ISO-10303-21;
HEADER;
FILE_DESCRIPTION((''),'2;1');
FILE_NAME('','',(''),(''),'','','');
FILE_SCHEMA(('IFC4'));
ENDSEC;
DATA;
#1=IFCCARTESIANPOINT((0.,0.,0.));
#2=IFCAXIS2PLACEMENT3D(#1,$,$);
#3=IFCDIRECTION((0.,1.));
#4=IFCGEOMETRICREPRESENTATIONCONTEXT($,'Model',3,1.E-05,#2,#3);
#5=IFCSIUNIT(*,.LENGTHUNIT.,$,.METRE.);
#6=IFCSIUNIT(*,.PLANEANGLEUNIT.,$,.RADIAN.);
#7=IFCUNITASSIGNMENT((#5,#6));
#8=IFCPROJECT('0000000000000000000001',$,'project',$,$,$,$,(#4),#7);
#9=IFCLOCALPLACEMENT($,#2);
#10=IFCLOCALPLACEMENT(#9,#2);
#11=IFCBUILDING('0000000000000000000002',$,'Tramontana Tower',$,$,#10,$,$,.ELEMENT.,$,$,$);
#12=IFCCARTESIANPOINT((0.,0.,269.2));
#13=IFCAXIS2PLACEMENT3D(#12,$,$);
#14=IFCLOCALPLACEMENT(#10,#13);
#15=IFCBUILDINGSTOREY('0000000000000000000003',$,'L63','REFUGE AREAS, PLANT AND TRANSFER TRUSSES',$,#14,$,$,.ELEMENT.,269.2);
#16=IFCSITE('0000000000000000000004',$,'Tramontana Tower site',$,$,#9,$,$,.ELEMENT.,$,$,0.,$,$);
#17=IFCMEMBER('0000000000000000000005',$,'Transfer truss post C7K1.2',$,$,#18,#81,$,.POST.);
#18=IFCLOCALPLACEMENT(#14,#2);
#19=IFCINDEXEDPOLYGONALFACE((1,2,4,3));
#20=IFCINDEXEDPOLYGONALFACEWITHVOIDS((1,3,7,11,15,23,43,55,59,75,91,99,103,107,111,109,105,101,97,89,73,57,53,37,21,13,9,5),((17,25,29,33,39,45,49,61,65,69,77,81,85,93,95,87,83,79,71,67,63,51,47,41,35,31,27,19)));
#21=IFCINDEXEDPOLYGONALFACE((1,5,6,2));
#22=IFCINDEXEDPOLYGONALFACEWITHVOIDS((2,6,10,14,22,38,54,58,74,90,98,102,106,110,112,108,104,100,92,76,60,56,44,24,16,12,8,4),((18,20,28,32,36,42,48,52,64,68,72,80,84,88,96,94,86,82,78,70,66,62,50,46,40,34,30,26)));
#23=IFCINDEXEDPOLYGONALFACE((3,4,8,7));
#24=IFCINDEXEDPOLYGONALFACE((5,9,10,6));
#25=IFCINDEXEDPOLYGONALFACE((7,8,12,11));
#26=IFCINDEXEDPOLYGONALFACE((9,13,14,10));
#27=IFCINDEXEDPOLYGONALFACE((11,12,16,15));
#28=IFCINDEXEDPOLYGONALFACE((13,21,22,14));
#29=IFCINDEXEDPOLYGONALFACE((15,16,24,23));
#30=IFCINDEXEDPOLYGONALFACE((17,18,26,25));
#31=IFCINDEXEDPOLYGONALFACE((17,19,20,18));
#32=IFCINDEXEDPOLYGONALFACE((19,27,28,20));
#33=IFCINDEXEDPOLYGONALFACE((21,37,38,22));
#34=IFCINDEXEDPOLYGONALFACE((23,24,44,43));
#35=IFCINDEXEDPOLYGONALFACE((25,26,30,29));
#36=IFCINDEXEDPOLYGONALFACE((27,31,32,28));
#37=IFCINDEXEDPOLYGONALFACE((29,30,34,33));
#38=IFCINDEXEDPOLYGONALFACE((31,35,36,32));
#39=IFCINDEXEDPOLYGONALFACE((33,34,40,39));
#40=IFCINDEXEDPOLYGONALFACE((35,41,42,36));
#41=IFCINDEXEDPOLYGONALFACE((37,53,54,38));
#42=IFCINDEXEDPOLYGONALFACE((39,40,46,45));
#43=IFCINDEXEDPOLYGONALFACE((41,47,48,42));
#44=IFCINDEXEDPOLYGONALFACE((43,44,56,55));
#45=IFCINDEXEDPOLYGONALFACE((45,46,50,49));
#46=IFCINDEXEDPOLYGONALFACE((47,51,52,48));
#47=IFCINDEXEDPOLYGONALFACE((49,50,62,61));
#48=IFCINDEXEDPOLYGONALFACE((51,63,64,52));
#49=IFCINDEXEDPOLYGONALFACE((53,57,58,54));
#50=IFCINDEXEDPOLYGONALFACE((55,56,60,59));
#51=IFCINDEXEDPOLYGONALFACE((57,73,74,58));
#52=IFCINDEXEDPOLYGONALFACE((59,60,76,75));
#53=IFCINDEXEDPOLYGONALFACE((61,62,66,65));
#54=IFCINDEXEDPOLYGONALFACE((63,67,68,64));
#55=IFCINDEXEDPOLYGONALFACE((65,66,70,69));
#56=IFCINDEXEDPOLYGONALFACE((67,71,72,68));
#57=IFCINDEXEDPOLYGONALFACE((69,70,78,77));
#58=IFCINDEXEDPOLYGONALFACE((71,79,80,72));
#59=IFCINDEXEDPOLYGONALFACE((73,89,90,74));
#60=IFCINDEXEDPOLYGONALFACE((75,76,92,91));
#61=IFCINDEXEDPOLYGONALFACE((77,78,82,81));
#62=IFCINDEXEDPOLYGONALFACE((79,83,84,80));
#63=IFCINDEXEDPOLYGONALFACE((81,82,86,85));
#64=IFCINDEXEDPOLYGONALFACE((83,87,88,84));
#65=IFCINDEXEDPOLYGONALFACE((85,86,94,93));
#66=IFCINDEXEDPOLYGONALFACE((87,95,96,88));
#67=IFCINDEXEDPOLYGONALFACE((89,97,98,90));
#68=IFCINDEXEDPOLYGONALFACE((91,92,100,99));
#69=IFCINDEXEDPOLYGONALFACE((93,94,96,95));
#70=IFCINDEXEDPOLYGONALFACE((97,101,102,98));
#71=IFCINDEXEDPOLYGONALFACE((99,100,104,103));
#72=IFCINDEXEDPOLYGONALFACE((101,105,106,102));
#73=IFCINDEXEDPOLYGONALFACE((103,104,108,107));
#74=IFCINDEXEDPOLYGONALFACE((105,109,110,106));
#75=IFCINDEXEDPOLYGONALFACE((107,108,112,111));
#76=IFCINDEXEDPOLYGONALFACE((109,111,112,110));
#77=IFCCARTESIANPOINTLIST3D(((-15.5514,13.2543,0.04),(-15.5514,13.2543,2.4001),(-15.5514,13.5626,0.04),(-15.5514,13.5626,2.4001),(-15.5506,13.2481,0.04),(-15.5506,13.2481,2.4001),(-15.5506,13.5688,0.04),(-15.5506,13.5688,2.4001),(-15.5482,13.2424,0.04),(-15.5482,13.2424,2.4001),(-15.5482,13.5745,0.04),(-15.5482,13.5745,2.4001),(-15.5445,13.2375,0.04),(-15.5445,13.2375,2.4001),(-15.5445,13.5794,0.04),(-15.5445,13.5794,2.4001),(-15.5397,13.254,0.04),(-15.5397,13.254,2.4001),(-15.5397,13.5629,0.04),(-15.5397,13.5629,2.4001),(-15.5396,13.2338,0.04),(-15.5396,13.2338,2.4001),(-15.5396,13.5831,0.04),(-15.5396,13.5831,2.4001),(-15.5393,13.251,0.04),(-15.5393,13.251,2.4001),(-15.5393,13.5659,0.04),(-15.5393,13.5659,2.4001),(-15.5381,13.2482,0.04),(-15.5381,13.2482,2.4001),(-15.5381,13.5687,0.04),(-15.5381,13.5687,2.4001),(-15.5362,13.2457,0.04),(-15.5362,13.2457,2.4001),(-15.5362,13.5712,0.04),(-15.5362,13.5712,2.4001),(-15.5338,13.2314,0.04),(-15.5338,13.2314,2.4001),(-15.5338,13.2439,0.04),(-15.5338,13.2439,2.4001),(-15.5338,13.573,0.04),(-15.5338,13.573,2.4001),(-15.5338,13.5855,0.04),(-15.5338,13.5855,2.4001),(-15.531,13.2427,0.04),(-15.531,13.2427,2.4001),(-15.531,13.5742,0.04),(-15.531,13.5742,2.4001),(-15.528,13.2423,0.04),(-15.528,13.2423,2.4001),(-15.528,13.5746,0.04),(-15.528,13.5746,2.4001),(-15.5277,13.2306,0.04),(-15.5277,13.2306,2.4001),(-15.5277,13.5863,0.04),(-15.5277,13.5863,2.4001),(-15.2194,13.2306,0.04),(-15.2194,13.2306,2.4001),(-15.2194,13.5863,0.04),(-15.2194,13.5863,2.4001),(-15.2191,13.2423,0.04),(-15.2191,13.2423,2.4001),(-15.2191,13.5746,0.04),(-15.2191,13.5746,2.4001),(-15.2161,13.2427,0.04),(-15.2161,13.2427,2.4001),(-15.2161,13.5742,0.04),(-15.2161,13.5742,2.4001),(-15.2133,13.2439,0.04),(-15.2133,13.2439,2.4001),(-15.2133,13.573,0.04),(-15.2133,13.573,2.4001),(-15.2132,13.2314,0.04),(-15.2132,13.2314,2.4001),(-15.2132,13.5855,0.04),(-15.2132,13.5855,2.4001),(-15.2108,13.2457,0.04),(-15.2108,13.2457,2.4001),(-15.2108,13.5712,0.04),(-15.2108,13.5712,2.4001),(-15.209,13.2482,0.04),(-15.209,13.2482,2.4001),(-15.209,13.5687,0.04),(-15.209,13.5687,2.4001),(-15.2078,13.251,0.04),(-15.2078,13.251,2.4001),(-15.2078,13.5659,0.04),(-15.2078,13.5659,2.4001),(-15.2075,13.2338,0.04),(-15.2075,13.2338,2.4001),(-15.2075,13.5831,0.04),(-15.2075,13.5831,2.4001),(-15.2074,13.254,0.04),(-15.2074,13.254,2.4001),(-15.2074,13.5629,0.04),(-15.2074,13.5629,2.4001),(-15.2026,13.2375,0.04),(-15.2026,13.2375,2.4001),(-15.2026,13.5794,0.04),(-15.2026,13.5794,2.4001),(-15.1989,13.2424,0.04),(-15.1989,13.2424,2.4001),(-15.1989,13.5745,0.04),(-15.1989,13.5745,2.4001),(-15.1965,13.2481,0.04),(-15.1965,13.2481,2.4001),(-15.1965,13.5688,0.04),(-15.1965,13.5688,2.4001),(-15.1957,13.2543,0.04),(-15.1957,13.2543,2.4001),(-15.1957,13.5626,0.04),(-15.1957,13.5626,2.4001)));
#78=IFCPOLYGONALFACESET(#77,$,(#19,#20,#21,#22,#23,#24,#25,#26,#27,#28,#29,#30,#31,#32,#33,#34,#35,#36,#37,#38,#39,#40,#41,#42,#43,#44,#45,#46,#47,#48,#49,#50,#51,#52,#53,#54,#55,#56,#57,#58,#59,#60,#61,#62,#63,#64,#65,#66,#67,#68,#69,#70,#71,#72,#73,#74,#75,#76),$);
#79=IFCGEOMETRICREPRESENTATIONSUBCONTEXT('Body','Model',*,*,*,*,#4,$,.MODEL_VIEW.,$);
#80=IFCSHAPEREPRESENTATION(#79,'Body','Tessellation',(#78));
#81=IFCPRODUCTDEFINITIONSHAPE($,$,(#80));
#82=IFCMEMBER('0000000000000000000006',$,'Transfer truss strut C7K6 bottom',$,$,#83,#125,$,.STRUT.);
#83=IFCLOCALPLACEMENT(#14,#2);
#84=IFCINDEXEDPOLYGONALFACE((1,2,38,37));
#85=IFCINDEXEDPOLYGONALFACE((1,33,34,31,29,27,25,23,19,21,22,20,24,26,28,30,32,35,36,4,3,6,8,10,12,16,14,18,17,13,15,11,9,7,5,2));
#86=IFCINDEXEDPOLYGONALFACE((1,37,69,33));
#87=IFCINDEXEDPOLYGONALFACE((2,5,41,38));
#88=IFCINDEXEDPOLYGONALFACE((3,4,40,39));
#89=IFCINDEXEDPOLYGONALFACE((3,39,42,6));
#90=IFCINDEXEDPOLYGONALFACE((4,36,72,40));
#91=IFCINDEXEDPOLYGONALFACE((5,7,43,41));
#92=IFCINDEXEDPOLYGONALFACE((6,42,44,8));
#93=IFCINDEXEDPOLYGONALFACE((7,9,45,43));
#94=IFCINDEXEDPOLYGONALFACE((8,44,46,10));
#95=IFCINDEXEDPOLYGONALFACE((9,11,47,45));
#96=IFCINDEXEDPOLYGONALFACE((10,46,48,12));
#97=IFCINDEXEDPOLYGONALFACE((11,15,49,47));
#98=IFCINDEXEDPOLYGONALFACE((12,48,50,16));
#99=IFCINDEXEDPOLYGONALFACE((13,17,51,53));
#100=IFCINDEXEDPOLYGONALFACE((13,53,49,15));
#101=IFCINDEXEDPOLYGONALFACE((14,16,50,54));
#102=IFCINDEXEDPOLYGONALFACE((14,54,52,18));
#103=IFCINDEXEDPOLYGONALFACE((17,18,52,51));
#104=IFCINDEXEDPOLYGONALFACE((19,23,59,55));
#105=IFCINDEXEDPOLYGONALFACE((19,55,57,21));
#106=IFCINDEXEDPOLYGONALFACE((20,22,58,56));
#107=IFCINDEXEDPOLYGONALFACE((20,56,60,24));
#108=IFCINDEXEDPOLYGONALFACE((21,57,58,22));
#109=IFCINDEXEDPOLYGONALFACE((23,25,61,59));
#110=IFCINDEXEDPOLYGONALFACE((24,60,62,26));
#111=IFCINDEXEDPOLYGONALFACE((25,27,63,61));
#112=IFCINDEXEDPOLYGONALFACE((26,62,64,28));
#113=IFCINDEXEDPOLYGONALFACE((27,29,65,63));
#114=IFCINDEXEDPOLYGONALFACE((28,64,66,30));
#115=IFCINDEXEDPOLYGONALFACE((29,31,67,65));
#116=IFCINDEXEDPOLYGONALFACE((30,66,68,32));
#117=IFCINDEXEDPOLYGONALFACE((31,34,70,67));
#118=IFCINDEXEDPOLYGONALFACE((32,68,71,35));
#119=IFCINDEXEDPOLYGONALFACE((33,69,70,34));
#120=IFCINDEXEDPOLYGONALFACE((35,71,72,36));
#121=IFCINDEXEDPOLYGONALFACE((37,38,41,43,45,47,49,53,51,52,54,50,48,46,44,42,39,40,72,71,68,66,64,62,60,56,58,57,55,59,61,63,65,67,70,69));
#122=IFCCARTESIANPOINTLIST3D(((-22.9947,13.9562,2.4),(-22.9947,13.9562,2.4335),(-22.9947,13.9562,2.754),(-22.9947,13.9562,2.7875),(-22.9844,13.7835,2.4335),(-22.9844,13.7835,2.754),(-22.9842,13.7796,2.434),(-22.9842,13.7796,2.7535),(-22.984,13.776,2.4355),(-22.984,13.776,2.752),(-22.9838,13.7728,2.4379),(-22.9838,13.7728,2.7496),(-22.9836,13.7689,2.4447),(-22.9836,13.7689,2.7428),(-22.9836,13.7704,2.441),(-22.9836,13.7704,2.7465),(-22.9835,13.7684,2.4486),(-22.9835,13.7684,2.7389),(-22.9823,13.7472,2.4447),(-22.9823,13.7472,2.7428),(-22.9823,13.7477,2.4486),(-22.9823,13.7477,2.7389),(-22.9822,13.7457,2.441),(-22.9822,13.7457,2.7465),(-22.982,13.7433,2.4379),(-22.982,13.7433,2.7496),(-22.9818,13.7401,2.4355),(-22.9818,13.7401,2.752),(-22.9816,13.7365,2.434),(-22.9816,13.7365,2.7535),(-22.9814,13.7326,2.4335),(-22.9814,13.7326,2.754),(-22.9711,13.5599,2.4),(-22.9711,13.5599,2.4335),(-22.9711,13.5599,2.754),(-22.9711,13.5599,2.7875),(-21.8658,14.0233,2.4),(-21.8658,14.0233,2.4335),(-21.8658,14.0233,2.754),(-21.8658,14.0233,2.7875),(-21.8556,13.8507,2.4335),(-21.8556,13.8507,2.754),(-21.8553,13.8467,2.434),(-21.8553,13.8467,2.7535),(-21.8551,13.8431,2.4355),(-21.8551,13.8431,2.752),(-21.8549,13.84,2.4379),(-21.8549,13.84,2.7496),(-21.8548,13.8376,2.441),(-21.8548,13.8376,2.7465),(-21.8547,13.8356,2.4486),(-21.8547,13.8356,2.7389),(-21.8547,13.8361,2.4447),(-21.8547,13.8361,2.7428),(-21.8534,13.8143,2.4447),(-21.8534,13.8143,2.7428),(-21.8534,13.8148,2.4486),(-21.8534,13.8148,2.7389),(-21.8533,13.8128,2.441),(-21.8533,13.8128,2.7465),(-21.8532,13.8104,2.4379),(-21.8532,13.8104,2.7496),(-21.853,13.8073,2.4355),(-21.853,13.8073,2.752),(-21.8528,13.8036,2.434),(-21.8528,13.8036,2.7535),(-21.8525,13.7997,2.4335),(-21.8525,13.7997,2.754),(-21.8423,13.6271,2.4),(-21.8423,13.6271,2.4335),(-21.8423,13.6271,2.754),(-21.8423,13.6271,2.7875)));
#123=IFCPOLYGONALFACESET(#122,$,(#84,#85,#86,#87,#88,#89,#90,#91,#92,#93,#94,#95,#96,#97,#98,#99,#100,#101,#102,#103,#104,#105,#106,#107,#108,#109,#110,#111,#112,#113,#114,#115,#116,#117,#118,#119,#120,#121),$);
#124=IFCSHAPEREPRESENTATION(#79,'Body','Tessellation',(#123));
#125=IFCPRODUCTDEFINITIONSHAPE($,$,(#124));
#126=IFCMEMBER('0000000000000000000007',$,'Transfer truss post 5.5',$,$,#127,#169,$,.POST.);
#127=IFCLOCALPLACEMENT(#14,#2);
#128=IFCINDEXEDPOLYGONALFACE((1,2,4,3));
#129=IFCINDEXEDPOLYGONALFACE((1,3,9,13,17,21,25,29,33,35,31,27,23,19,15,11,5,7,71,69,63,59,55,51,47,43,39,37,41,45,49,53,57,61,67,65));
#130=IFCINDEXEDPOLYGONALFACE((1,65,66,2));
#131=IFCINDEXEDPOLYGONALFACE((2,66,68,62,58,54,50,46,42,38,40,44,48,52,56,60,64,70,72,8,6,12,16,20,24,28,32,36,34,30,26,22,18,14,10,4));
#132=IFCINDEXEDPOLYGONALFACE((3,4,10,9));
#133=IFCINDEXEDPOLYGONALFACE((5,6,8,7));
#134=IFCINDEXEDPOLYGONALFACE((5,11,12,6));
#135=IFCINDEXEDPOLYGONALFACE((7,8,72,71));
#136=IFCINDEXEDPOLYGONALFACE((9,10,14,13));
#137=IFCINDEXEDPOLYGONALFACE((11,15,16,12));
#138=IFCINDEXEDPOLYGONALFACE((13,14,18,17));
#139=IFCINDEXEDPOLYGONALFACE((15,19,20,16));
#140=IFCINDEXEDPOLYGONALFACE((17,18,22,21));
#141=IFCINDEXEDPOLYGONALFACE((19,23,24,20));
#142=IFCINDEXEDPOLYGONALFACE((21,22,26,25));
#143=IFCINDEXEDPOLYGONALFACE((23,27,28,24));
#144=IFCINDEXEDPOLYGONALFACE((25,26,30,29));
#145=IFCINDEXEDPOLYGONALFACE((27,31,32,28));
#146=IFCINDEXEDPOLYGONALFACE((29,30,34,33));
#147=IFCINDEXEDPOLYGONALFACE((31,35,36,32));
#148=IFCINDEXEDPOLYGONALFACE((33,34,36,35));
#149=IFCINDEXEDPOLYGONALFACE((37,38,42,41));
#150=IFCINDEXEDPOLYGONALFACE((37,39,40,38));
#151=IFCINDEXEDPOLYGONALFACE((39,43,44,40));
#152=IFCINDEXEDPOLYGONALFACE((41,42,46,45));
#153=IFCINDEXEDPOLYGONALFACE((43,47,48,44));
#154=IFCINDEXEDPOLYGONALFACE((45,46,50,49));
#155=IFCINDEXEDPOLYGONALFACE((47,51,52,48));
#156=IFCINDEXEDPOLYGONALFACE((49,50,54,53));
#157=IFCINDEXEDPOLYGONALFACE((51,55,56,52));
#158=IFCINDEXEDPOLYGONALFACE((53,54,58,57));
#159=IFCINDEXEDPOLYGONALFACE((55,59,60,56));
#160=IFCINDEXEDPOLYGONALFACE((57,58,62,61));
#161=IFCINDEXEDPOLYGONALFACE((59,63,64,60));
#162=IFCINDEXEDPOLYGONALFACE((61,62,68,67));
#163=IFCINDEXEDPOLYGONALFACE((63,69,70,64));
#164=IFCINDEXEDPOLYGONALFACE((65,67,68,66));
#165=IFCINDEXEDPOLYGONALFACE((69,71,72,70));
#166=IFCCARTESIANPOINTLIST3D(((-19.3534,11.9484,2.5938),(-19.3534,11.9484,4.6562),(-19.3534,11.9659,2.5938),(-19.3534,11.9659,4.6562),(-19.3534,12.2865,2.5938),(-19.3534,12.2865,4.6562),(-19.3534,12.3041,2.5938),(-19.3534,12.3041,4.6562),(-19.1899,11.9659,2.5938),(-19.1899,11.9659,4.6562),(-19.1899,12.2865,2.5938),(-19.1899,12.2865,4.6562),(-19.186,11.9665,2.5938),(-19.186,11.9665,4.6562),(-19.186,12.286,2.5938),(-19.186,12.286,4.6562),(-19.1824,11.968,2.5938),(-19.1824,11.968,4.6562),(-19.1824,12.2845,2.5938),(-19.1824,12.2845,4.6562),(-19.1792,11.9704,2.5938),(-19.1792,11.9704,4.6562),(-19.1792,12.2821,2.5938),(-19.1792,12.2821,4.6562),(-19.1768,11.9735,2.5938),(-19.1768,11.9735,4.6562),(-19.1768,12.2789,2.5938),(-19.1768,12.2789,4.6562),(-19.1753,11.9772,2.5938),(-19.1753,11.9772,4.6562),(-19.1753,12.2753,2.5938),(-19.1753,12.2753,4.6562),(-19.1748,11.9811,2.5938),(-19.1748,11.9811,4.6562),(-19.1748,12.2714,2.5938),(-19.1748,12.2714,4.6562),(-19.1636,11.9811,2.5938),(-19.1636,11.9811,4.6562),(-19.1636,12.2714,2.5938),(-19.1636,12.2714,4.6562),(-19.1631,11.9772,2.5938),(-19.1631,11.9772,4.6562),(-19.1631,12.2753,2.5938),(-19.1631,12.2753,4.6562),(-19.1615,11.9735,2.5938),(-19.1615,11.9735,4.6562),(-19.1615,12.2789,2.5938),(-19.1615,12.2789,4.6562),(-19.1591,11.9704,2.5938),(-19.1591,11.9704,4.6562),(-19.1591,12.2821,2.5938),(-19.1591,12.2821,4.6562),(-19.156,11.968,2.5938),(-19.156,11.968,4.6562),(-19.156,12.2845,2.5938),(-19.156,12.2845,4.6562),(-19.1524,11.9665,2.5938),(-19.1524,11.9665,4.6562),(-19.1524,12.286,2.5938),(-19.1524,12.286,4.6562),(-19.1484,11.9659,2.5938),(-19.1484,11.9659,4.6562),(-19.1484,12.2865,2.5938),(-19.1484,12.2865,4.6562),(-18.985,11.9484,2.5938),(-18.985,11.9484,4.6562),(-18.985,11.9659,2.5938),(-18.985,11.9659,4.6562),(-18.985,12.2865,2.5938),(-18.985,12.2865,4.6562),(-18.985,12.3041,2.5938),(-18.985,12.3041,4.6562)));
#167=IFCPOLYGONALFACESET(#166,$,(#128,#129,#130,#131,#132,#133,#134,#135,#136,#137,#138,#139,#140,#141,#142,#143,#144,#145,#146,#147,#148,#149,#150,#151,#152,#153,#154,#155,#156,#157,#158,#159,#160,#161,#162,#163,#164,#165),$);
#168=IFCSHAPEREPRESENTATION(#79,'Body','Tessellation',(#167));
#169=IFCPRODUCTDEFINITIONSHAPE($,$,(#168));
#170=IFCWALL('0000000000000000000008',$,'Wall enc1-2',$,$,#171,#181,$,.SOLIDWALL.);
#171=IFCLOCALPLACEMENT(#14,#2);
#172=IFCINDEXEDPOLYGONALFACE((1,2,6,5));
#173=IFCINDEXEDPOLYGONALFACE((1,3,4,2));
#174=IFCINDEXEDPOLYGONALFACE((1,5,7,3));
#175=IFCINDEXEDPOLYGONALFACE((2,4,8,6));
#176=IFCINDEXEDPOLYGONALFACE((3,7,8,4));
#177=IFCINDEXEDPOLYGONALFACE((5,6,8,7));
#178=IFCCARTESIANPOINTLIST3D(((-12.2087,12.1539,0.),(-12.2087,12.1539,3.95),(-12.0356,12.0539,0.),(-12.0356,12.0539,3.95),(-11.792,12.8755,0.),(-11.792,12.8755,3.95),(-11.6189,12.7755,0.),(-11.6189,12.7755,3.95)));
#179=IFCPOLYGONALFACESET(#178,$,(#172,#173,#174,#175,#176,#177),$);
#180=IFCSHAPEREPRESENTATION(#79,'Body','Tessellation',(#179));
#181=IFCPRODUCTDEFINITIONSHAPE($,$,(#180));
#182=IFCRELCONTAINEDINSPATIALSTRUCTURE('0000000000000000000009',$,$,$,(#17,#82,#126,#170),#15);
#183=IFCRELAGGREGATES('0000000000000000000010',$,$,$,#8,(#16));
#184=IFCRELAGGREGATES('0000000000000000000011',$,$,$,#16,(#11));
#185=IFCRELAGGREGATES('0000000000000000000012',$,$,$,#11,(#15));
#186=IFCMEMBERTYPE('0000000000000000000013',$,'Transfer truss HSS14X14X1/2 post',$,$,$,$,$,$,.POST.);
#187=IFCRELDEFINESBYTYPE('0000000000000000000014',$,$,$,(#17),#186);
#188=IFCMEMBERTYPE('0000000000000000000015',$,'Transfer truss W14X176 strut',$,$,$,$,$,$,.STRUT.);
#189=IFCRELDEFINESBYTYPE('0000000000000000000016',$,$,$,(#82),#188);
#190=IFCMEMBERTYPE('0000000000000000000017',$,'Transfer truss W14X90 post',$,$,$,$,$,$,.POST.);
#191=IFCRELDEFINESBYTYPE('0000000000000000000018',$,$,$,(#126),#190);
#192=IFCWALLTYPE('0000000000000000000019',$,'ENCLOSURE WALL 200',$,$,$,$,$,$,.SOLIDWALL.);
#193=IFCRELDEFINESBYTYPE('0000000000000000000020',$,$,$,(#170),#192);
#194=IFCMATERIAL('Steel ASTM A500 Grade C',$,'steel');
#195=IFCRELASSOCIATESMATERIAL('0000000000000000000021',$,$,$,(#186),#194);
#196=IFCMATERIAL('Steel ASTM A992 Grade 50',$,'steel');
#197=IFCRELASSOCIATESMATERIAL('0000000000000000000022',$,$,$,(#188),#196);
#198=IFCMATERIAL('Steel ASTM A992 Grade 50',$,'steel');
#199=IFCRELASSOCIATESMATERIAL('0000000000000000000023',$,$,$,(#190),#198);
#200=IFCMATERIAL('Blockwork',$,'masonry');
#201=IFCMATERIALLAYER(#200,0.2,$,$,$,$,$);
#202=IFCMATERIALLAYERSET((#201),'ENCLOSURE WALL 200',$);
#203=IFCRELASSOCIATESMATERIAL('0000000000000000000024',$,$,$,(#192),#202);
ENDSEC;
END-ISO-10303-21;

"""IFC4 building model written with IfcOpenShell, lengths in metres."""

from ifc_helpers import new_model, si_unit, direction, frame, frame_2d, origin, origin_2d, place, context, subcontext, project, spatial, rectangle, hollow_rectangle, i_section, extrude, material, layer, layer_set, material_profile, profile_set, type_object, element, save


model = new_model("IFC4")

# Units and contexts
model_context = context("Model", 3, precision=1e-05, world=origin(), true_north=direction((0.0, 1.0)))
body_context = subcontext(model_context, "Body", "Model", "MODEL_VIEW")
ifc_project = project(units=[si_unit("LENGTHUNIT", "METRE"), si_unit("PLANEANGLEUNIT", "RADIAN")], contexts=[model_context])

# Site, building, storey
site_placement = place(None, origin())
site = spatial("IfcSite", under=ifc_project, at=site_placement, Name="Tramontana Tower site", CompositionType="ELEMENT", RefElevation=0.0)
building_placement = place(site_placement, origin())
building = spatial("IfcBuilding", under=site, at=building_placement, Name="Tramontana Tower", CompositionType="ELEMENT")
storey_placement = place(building_placement, frame((0.0, 0.0, 269.2)))
storey = spatial("IfcBuildingStorey", under=building, at=storey_placement, Name="L63", Description="REFUGE AREAS, PLANT AND TRANSFER TRUSSES", CompositionType="ELEMENT", Elevation=269.2)

# Members
ifc_material_1 = material(Name="Steel ASTM A500 Grade C", Category="steel")
ifc_material_profile_1 = material_profile(ifc_material_1, hollow_rectangle(XDim=0.3557, YDim=0.3557, WallThickness=0.0117, InnerFilletRadius=0.0117, OuterFilletRadius=0.0237, at=origin_2d()), Name="HSS14X14X1/2")
ifc_profile_set_1 = profile_set([ifc_material_profile_1], Name="Steel ASTM A500 Grade C")
member_type_1 = type_object("IfcMemberType", Name="Transfer truss HSS14X14X1/2 post", PredefinedType="POST", material=ifc_profile_set_1)
for number, where, z_axis, x_axis, name in (
    (1, (-15.3735, 13.4084, 0.04), (0.0, 0.0, 1.0), (1.0, 0.0, 0.0), "Transfer truss post C7K1.2"),
):
    element("IfcMember", number, at=place(storey_placement, frame(where, z_axis=z_axis, x_axis=x_axis)), inside=storey, type_object=member_type_1, Name=name, PredefinedType="POST", context=body_context, shape_type="SweptSolid", body=[
        extrude(hollow_rectangle(XDim=0.3557, YDim=0.3557, WallThickness=0.0117, InnerFilletRadius=0.0117, OuterFilletRadius=0.0237, at=origin_2d()), origin(), (0.0, 0.0, 1.0), 2.3601),
    ])
ifc_material_2 = material(Name="Steel ASTM A992 Grade 50", Category="steel")
ifc_material_profile_2 = material_profile(ifc_material_2, i_section(OverallWidth=0.397, OverallDepth=0.3875, WebThickness=0.0208, FlangeThickness=0.0334, FilletRadius=0.0151, at=origin_2d()), Name="W14X176")
ifc_profile_set_2 = profile_set([ifc_material_profile_2], Name="Steel ASTM A992 Grade 50")
member_type_2 = type_object("IfcMemberType", Name="Transfer truss W14X176 strut", PredefinedType="STRUT", material=ifc_profile_set_2)
member_1_placement = place(storey_placement, frame((-22.9829, 13.7581, 2.5938), z_axis=(0.998236, 0.059367, 0.0), x_axis=(-0.059367, 0.998236, 0.0)))
element("IfcMember", 2, at=member_1_placement, inside=storey, type_object=member_type_2, Name="Transfer truss strut C7K6 bottom", PredefinedType="STRUT", context=body_context, shape_type="SweptSolid", body=[
    extrude(i_section(OverallWidth=0.397, OverallDepth=0.3875, WebThickness=0.0208, FlangeThickness=0.0334, FilletRadius=0.0151, at=origin_2d()), origin(), (0.0, 0.0, 1.0), 1.1309),
])
ifc_material_3 = material(Name="Steel ASTM A992 Grade 50", Category="steel")
ifc_material_profile_3 = material_profile(ifc_material_3, i_section(OverallWidth=0.3684, OverallDepth=0.3557, WebThickness=0.0112, FlangeThickness=0.0176, FilletRadius=0.0151, at=origin_2d()), Name="W14X90")
ifc_profile_set_3 = profile_set([ifc_material_profile_3], Name="Steel ASTM A992 Grade 50")
member_type_3 = type_object("IfcMemberType", Name="Transfer truss W14X90 post", PredefinedType="POST", material=ifc_profile_set_3)
member_2_placement = place(storey_placement, frame((-19.1692, 12.1262, 2.5938), z_axis=(0.0, 0.0, 1.0), x_axis=(1.0, 0.0, 0.0)))
element("IfcMember", 3, at=member_2_placement, inside=storey, type_object=member_type_3, Name="Transfer truss post 5.5", PredefinedType="POST", context=body_context, shape_type="SweptSolid", body=[
    extrude(i_section(OverallWidth=0.3684, OverallDepth=0.3557, WebThickness=0.0112, FlangeThickness=0.0176, FilletRadius=0.0151, at=origin_2d()), origin(), (0.0, 0.0, 1.0), 2.0625),
])

# Wall
ifc_material_4 = material(Name="Blockwork", Category="masonry")
ifc_layer_1 = layer(ifc_material_4, 0.2)
ifc_layer_set_1 = layer_set([ifc_layer_1], Name="ENCLOSURE WALL 200")
wall_type = type_object("IfcWallType", Name="ENCLOSURE WALL 200", PredefinedType="SOLIDWALL", material=ifc_layer_set_1)
wall_placement = place(storey_placement, frame((-12.1221, 12.104, 0.0), z_axis=(0.0, 0.0, 1.0), x_axis=(0.500077, 0.865981, 0.0)))
element("IfcWall", 4, at=wall_placement, inside=storey, type_object=wall_type, Name="Wall enc1-2", PredefinedType="SOLIDWALL", context=body_context, shape_type="SweptSolid", body=[
    extrude(rectangle(XDim=0.8333, YDim=0.2, at=frame_2d((0.4165, 0.0))), origin(), (0.0, 0.0, 1.0), 3.95),
])

save(model, "model.ifc")
